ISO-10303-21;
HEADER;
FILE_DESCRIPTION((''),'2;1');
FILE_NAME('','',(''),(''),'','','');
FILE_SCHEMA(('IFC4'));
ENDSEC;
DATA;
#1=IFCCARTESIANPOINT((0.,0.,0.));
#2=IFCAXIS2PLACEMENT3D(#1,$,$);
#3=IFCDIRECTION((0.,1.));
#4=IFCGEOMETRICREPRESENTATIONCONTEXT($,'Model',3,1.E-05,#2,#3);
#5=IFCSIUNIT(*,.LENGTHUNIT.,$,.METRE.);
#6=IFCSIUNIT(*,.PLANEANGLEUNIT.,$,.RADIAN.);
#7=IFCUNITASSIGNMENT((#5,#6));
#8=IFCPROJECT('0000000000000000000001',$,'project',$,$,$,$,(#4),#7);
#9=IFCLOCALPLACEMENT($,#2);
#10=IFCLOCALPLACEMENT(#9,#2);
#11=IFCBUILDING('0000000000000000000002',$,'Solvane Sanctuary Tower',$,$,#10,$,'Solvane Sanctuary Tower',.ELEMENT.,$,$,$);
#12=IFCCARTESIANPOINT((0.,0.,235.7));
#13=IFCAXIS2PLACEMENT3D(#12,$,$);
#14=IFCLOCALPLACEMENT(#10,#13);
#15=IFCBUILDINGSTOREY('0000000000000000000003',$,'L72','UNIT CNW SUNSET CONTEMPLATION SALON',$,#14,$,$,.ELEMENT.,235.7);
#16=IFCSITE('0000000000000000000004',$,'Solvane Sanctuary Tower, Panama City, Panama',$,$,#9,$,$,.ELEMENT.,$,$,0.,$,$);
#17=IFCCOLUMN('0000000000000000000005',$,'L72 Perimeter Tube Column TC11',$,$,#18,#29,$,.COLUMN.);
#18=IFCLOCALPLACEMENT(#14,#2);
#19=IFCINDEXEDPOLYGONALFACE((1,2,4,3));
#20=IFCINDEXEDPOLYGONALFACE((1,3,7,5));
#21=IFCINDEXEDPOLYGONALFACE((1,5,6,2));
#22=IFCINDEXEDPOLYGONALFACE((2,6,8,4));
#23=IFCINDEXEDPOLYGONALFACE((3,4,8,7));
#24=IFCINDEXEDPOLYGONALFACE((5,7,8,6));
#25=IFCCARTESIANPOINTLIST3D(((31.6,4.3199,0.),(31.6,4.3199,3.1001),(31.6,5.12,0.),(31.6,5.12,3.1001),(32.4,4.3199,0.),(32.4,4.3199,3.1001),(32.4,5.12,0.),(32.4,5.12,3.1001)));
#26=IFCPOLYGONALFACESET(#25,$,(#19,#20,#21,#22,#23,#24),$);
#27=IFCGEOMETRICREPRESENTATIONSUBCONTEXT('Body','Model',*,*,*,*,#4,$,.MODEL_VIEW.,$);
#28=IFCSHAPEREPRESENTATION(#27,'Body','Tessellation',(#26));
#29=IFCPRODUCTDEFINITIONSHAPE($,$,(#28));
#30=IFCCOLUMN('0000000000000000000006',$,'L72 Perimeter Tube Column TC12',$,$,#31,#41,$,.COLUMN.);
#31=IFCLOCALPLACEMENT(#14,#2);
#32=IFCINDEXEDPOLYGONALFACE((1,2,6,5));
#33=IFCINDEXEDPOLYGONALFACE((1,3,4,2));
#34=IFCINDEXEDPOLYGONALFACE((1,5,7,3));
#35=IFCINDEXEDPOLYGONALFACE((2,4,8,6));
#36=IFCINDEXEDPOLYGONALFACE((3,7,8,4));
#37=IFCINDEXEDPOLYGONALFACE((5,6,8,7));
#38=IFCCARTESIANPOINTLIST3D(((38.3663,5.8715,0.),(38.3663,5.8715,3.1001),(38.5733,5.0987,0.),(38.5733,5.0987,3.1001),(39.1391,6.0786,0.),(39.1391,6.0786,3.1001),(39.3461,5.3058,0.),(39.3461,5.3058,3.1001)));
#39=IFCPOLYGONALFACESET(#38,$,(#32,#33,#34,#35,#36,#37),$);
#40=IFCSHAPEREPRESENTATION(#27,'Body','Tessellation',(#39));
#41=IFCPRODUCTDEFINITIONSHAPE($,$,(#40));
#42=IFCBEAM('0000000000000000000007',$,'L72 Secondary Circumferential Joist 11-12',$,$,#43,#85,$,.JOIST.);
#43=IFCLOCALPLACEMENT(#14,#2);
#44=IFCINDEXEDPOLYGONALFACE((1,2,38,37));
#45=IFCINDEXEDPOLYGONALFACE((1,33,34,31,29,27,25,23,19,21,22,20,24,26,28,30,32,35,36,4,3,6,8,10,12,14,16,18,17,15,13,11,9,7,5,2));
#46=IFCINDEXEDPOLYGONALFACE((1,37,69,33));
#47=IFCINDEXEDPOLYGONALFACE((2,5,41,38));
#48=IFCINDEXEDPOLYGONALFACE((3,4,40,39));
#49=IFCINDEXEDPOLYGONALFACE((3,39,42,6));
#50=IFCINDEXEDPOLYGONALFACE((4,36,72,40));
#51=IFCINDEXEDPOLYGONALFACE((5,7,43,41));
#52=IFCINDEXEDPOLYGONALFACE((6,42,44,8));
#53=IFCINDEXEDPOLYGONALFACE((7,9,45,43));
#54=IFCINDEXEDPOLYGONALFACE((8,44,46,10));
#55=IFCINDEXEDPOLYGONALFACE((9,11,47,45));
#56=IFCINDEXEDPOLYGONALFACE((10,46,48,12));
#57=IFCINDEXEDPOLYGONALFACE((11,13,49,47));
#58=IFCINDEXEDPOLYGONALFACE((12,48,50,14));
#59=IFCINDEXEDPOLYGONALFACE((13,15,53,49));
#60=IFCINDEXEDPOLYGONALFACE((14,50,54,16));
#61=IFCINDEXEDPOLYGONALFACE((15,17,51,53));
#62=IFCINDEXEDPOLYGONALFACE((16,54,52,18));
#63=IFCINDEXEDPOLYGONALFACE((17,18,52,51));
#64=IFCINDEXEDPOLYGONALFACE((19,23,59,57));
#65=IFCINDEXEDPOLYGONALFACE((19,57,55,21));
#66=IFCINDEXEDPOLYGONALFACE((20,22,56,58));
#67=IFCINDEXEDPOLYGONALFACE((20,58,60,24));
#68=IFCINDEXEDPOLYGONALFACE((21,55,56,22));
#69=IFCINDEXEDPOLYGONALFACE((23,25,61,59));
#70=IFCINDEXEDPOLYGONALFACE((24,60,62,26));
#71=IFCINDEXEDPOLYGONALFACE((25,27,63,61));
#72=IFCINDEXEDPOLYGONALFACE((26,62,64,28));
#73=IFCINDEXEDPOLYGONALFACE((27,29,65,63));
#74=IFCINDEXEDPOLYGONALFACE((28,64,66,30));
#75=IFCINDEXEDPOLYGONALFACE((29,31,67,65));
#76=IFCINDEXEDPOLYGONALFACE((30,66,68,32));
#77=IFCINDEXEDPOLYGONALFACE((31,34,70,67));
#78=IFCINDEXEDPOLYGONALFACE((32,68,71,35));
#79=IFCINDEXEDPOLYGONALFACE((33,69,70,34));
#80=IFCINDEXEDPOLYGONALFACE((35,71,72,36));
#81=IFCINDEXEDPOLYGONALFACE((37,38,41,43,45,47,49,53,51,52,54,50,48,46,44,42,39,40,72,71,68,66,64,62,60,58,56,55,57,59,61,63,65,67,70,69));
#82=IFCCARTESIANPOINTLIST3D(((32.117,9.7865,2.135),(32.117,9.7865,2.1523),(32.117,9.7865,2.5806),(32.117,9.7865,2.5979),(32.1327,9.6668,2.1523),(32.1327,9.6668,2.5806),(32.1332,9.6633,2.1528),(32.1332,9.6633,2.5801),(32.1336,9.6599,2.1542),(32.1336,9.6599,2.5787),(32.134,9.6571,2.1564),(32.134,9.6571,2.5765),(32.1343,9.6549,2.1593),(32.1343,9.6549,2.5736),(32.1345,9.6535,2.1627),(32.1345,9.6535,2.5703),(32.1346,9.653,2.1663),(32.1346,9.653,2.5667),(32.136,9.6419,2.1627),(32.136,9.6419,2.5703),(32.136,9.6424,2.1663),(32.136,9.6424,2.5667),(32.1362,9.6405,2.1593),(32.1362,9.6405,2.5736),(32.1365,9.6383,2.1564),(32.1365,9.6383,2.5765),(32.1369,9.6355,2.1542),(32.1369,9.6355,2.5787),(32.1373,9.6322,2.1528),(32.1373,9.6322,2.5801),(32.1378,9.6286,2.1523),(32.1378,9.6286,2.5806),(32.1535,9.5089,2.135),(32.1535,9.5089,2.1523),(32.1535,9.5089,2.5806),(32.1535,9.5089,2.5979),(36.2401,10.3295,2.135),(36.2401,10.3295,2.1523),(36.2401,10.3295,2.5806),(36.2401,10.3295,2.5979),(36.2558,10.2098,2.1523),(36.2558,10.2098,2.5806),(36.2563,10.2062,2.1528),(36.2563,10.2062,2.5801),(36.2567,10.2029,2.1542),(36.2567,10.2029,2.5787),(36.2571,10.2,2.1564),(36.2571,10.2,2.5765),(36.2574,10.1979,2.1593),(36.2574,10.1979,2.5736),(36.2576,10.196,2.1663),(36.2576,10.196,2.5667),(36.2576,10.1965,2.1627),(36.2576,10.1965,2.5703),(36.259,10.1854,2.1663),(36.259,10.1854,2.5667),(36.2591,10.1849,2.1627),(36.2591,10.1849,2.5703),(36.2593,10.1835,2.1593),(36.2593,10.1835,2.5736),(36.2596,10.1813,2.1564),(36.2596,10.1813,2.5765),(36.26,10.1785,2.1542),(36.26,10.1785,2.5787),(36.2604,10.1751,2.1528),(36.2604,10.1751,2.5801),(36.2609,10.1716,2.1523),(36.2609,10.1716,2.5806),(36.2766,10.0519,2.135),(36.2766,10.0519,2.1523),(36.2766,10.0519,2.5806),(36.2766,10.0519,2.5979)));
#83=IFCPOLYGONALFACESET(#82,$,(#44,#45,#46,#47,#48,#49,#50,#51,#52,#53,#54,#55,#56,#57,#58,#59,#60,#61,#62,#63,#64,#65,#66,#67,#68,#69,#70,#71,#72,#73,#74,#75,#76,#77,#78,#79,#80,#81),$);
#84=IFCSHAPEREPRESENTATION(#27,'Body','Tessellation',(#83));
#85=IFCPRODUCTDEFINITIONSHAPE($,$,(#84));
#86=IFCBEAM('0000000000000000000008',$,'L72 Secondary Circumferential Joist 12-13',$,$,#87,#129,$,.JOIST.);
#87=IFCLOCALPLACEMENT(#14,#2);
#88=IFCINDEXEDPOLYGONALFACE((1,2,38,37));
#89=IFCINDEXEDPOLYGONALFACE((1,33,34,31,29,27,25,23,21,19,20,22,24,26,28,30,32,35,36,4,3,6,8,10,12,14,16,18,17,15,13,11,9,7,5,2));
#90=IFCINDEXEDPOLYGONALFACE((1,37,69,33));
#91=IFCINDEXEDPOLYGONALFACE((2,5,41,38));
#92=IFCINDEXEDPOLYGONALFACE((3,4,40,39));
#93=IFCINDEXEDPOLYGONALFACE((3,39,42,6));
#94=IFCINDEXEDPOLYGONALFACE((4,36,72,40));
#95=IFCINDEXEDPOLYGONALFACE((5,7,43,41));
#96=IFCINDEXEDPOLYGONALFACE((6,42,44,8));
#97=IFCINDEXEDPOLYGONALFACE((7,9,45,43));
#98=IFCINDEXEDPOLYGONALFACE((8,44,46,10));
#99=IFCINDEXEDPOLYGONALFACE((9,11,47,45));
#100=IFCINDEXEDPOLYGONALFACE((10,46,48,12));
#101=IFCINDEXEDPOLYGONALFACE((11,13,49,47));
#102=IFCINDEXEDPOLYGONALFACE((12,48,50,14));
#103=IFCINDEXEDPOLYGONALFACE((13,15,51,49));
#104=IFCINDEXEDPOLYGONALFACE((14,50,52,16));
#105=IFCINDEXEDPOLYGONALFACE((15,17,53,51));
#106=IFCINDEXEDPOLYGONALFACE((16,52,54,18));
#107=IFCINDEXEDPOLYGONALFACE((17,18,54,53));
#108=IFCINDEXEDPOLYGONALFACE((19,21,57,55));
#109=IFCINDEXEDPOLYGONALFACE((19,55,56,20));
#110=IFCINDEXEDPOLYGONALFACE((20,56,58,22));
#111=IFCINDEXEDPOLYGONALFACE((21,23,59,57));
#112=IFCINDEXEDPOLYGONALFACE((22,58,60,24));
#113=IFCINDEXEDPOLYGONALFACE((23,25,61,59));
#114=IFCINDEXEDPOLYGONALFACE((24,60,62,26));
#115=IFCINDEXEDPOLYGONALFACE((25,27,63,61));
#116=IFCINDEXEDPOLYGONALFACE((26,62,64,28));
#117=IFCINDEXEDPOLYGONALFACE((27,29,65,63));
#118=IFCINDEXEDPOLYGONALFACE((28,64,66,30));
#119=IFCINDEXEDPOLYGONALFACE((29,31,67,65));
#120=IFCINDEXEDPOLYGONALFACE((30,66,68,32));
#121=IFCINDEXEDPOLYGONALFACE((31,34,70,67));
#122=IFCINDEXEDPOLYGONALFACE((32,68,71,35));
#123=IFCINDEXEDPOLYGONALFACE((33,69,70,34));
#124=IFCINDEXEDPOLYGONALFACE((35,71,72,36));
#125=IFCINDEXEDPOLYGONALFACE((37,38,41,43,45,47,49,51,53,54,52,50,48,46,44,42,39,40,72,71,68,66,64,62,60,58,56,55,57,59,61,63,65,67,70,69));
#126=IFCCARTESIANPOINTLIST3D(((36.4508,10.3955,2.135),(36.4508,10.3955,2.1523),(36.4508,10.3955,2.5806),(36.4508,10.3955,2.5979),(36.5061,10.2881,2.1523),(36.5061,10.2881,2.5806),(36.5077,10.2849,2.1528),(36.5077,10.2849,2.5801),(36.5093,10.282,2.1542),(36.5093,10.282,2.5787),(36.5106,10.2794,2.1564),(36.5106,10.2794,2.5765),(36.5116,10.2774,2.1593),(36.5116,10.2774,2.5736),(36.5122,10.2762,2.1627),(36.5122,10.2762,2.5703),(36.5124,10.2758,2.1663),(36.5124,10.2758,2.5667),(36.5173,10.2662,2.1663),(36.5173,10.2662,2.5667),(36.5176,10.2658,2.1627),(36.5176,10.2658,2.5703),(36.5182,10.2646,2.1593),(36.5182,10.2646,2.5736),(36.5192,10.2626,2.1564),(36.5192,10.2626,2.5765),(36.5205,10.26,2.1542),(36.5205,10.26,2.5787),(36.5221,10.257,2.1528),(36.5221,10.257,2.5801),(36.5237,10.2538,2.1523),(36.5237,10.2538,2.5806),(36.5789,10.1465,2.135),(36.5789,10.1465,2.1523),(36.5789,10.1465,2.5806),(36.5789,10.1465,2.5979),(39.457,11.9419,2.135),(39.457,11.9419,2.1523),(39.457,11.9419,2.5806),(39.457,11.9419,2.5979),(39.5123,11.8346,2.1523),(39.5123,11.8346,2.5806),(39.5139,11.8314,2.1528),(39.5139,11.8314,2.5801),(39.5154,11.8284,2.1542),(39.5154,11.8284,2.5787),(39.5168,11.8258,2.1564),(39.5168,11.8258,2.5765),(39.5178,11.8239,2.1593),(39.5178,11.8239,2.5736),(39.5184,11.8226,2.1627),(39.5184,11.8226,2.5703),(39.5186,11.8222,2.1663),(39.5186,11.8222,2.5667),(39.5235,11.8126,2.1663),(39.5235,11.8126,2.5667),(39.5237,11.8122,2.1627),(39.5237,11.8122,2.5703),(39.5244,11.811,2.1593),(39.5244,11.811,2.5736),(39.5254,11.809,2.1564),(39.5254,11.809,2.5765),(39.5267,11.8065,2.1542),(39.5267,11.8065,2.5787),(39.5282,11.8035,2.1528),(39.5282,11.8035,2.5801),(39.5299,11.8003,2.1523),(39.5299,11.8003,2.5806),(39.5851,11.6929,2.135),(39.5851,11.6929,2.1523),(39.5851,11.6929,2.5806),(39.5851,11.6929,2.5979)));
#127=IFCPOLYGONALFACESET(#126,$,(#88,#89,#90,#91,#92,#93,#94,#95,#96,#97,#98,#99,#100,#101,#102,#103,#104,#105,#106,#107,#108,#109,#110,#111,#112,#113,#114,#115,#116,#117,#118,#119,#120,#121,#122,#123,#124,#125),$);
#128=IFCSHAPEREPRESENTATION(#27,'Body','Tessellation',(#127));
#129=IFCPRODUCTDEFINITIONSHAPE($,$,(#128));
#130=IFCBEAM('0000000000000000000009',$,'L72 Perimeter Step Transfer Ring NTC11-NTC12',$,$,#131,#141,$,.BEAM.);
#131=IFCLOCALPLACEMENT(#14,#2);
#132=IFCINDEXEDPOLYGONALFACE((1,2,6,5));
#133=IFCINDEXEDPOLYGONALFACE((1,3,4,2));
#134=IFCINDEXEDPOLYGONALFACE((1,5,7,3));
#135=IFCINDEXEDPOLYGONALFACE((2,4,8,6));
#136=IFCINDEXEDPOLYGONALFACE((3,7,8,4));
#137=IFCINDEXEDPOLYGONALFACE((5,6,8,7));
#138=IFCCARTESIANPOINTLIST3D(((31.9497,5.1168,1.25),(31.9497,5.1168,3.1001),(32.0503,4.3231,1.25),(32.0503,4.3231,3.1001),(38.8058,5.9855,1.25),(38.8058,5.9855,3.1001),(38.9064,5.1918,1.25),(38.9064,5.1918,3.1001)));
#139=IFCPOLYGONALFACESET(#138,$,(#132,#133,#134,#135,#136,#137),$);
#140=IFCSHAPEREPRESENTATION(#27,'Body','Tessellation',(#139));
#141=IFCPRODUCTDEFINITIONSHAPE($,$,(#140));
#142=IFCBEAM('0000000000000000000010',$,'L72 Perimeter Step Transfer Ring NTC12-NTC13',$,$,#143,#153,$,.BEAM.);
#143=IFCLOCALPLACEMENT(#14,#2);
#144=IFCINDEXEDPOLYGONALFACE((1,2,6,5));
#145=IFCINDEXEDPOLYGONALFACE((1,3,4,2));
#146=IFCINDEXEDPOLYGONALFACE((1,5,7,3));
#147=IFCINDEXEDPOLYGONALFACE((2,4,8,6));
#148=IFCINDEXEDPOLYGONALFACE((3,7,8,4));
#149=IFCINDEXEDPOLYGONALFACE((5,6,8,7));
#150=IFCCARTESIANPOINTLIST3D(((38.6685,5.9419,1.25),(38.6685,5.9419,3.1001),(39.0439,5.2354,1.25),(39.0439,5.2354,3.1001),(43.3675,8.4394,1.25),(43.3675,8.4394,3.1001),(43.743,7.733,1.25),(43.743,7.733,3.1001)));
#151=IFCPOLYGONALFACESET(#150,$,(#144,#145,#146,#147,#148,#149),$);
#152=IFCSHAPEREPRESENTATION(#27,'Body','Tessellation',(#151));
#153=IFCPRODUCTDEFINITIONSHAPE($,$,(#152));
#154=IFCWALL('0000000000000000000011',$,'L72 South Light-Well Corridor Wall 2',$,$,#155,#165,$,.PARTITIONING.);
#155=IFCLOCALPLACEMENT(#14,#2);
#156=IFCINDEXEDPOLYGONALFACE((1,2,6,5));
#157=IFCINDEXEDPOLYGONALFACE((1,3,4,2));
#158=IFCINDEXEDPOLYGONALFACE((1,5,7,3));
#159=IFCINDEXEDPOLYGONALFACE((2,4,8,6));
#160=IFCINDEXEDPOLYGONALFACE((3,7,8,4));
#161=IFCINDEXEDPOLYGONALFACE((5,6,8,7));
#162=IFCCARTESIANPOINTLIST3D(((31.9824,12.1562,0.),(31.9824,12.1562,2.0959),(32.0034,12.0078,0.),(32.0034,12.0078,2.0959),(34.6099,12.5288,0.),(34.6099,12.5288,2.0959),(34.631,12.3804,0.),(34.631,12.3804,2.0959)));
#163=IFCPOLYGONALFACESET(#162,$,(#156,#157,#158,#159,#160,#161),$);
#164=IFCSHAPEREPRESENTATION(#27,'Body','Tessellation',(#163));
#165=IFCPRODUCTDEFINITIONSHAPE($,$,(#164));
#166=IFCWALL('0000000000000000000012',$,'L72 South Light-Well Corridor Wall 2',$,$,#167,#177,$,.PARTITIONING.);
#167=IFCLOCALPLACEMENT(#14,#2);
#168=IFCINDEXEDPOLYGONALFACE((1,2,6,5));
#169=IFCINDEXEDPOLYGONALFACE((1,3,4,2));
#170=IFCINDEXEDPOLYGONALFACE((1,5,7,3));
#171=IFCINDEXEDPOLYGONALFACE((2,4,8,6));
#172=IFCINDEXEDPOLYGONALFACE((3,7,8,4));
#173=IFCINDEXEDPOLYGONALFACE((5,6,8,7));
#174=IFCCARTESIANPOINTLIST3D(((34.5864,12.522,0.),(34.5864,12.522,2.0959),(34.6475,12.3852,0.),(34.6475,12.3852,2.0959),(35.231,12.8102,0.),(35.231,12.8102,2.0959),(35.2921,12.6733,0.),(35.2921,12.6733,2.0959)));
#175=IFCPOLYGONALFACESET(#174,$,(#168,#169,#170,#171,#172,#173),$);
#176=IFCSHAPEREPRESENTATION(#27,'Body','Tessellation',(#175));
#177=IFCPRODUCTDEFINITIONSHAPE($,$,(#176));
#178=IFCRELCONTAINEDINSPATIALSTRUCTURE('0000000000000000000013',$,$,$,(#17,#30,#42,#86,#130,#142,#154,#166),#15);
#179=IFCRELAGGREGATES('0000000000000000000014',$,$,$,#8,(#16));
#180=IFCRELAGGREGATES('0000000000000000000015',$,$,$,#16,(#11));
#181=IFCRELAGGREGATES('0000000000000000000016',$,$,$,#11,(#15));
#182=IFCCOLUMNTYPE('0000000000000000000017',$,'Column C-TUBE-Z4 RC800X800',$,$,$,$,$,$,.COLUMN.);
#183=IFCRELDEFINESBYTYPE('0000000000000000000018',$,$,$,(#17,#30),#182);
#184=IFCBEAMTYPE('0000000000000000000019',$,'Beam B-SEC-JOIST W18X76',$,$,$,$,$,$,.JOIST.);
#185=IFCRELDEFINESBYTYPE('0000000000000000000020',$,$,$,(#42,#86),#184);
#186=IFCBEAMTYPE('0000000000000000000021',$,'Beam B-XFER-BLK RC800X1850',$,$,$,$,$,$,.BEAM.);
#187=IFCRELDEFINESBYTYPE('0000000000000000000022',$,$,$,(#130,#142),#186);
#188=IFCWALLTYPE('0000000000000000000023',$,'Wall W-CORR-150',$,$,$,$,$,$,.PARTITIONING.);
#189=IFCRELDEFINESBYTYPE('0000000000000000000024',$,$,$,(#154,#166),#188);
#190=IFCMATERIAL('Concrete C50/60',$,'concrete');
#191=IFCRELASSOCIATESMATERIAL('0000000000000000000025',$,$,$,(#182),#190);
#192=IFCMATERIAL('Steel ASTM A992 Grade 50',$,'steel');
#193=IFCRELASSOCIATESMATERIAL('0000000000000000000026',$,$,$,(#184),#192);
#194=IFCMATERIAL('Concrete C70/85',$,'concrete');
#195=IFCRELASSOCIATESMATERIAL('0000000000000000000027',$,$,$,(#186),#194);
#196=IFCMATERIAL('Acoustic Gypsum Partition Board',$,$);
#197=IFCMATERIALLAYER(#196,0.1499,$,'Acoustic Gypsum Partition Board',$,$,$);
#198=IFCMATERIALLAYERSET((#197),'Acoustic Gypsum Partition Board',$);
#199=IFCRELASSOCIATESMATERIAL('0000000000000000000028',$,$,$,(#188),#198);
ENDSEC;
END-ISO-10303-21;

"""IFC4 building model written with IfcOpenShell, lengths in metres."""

from ifc_helpers import new_model, si_unit, direction, frame, frame_2d, origin, origin_2d, place, context, subcontext, project, spatial, rectangle, i_section, extrude, material, layer, layer_set, material_profile, profile_set, type_object, element, save


model = new_model("IFC4")

# Units and contexts
model_context = context("Model", 3, precision=1e-05, world=origin(), true_north=direction((0.0, 1.0)))
body_context = subcontext(model_context, "Body", "Model", "MODEL_VIEW")
ifc_project = project(units=[si_unit("LENGTHUNIT", "METRE"), si_unit("PLANEANGLEUNIT", "RADIAN")], contexts=[model_context])

# Site, building, storey
site_placement = place(None, origin())
site = spatial("IfcSite", under=ifc_project, at=site_placement, Name="Solvane Sanctuary Tower, Panama City, Panama", CompositionType="ELEMENT", RefElevation=0.0)
building_placement = place(site_placement, origin())
building = spatial("IfcBuilding", under=site, at=building_placement, Name="Solvane Sanctuary Tower", LongName="Solvane Sanctuary Tower", CompositionType="ELEMENT")
storey_placement = place(building_placement, frame((0.0, 0.0, 235.7)))
storey = spatial("IfcBuildingStorey", under=building, at=storey_placement, Name="L72", Description="UNIT CNW SUNSET CONTEMPLATION SALON", CompositionType="ELEMENT", Elevation=235.7)

# Columns
ifc_material_1 = material(Name="Concrete C50/60", Category="concrete")
ifc_material_profile_1 = material_profile(ifc_material_1, rectangle(XDim=0.8, YDim=0.8, at=origin_2d()), Name="RC800X800")
ifc_profile_set_1 = profile_set([ifc_material_profile_1], Name="Concrete C50/60")
column_type = type_object("IfcColumnType", Name="Column C-TUBE-Z4 RC800X800", PredefinedType="COLUMN", material=ifc_profile_set_1)
for number, where, z_axis, x_axis, name in (
    (1, (32.0, 4.72, 0.0), (0.0, 0.0, 1.0), (0.0, -1.0, 0.0), "L72 Perimeter Tube Column TC11"),
    (2, (38.8562, 5.5886, 0.0), (0.0, 0.0, 1.0), (0.258819, -0.965926, 0.0), "L72 Perimeter Tube Column TC12"),
):
    element("IfcColumn", number, at=place(storey_placement, frame(where, z_axis=z_axis, x_axis=x_axis)), inside=storey, type_object=column_type, Name=name, PredefinedType="COLUMN", context=body_context, shape_type="SweptSolid", body=[
        extrude(rectangle(XDim=0.8, YDim=0.8, at=origin_2d()), origin(), (0.0, 0.0, 1.0), 3.1001),
    ])

# Beams
ifc_material_2 = material(Name="Steel ASTM A992 Grade 50", Category="steel")
ifc_material_profile_2 = material_profile(ifc_material_2, i_section(OverallWidth=0.28, OverallDepth=0.4629, WebThickness=0.0107, FlangeThickness=0.0173, FilletRadius=0.0139, at=origin_2d()), Name="W18X76")
ifc_profile_set_2 = profile_set([ifc_material_profile_2], Name="Steel ASTM A992 Grade 50")
beam_type_1 = type_object("IfcBeamType", Name="Beam B-SEC-JOIST W18X76", PredefinedType="JOIST", material=ifc_profile_set_2)
beam_1_placement = place(storey_placement, frame((32.1353, 9.6477, 2.3665), z_axis=(0.99144, 0.130564, 0.0), x_axis=(-0.130564, 0.99144, 0.0)))
element("IfcBeam", 3, at=beam_1_placement, inside=storey, type_object=beam_type_1, Name="L72 Secondary Circumferential Joist 11-12", PredefinedType="JOIST", context=body_context, shape_type="SweptSolid", body=[
    extrude(i_section(OverallWidth=0.28, OverallDepth=0.4629, WebThickness=0.0107, FlangeThickness=0.0173, FilletRadius=0.0139, at=origin_2d()), origin(), (0.0, 0.0, 1.0), 4.1587),
])
beam_2_placement = place(storey_placement, frame((36.5149, 10.271, 2.3665), z_axis=(0.889241, 0.457439, 0.0), x_axis=(-0.457439, 0.889241, 0.0)))
element("IfcBeam", 4, at=beam_2_placement, inside=storey, type_object=beam_type_1, Name="L72 Secondary Circumferential Joist 12-13", PredefinedType="JOIST", context=body_context, shape_type="SweptSolid", body=[
    extrude(i_section(OverallWidth=0.28, OverallDepth=0.4629, WebThickness=0.0107, FlangeThickness=0.0173, FilletRadius=0.0139, at=origin_2d()), origin(), (0.0, 0.0, 1.0), 3.3806),
])
ifc_material_3 = material(Name="Concrete C70/85", Category="concrete")
ifc_material_profile_3 = material_profile(ifc_material_3, rectangle(XDim=0.8, YDim=1.8501, at=origin_2d()), Name="RC800X1850")
ifc_profile_set_3 = profile_set([ifc_material_profile_3], Name="Concrete C70/85")
beam_type_2 = type_object("IfcBeamType", Name="Beam B-XFER-BLK RC800X1850", PredefinedType="BEAM", material=ifc_profile_set_3)
beam_3_placement = place(storey_placement, frame((32.0, 4.72, 2.175), z_axis=(0.992069, 0.125691, 0.0), x_axis=(-0.125691, 0.992069, 0.0)))
element("IfcBeam", 5, at=beam_3_placement, inside=storey, type_object=beam_type_2, Name="L72 Perimeter Step Transfer Ring NTC11-NTC12", PredefinedType="BEAM", context=body_context, shape_type="SweptSolid", body=[
    extrude(rectangle(XDim=0.8, YDim=1.8501, at=origin_2d()), origin(), (0.0, 0.0, 1.0), 6.9109),
])
beam_4_placement = place(storey_placement, frame((38.8562, 5.5886, 2.175), z_axis=(0.88302, 0.469335, 0.0), x_axis=(-0.469335, 0.88302, 0.0)))
element("IfcBeam", 6, at=beam_4_placement, inside=storey, type_object=beam_type_2, Name="L72 Perimeter Step Transfer Ring NTC12-NTC13", PredefinedType="BEAM", context=body_context, shape_type="SweptSolid", body=[
    extrude(rectangle(XDim=0.8, YDim=1.8501, at=origin_2d()), origin(), (0.0, 0.0, 1.0), 5.3215),
])

# Walls
ifc_material_4 = material(Name="Acoustic Gypsum Partition Board")
ifc_layer_1 = layer(ifc_material_4, 0.1499, Name="Acoustic Gypsum Partition Board")
ifc_layer_set_1 = layer_set([ifc_layer_1], Name="Acoustic Gypsum Partition Board")
wall_type_1 = type_object("IfcWallType", Name="Wall W-CORR-150", PredefinedType="PARTITIONING", material=ifc_layer_set_1)
wall_1_placement = place(storey_placement, frame((31.9929, 12.082, 0.0), z_axis=(0.0, 0.0, 1.0), x_axis=(0.990096, 0.140391, 0.0)))
element("IfcWall", 7, at=wall_1_placement, inside=storey, type_object=wall_type_1, Name="L72 South Light-Well Corridor Wall 2", PredefinedType="PARTITIONING", context=body_context, shape_type="SweptSolid", body=[
    extrude(rectangle(XDim=2.6538, YDim=0.1499, at=frame_2d((1.3269, 0.0))), origin(), (0.0, 0.0, 1.0), 2.0959),
])
wall_2_placement = place(storey_placement, frame((34.6169, 12.4536, 0.0), z_axis=(0.0, 0.0, 1.0), x_axis=(0.912954, 0.408063, 0.0)))
element("IfcWall", 8, at=wall_2_placement, inside=storey, type_object=wall_type_1, Name="L72 South Light-Well Corridor Wall 2", PredefinedType="PARTITIONING", context=body_context, shape_type="SweptSolid", body=[
    extrude(rectangle(XDim=0.7061, YDim=0.1499, at=frame_2d((0.353, 0.0))), origin(), (0.0, 0.0, 1.0), 2.0959),
])

save(model, "model.ifc")
